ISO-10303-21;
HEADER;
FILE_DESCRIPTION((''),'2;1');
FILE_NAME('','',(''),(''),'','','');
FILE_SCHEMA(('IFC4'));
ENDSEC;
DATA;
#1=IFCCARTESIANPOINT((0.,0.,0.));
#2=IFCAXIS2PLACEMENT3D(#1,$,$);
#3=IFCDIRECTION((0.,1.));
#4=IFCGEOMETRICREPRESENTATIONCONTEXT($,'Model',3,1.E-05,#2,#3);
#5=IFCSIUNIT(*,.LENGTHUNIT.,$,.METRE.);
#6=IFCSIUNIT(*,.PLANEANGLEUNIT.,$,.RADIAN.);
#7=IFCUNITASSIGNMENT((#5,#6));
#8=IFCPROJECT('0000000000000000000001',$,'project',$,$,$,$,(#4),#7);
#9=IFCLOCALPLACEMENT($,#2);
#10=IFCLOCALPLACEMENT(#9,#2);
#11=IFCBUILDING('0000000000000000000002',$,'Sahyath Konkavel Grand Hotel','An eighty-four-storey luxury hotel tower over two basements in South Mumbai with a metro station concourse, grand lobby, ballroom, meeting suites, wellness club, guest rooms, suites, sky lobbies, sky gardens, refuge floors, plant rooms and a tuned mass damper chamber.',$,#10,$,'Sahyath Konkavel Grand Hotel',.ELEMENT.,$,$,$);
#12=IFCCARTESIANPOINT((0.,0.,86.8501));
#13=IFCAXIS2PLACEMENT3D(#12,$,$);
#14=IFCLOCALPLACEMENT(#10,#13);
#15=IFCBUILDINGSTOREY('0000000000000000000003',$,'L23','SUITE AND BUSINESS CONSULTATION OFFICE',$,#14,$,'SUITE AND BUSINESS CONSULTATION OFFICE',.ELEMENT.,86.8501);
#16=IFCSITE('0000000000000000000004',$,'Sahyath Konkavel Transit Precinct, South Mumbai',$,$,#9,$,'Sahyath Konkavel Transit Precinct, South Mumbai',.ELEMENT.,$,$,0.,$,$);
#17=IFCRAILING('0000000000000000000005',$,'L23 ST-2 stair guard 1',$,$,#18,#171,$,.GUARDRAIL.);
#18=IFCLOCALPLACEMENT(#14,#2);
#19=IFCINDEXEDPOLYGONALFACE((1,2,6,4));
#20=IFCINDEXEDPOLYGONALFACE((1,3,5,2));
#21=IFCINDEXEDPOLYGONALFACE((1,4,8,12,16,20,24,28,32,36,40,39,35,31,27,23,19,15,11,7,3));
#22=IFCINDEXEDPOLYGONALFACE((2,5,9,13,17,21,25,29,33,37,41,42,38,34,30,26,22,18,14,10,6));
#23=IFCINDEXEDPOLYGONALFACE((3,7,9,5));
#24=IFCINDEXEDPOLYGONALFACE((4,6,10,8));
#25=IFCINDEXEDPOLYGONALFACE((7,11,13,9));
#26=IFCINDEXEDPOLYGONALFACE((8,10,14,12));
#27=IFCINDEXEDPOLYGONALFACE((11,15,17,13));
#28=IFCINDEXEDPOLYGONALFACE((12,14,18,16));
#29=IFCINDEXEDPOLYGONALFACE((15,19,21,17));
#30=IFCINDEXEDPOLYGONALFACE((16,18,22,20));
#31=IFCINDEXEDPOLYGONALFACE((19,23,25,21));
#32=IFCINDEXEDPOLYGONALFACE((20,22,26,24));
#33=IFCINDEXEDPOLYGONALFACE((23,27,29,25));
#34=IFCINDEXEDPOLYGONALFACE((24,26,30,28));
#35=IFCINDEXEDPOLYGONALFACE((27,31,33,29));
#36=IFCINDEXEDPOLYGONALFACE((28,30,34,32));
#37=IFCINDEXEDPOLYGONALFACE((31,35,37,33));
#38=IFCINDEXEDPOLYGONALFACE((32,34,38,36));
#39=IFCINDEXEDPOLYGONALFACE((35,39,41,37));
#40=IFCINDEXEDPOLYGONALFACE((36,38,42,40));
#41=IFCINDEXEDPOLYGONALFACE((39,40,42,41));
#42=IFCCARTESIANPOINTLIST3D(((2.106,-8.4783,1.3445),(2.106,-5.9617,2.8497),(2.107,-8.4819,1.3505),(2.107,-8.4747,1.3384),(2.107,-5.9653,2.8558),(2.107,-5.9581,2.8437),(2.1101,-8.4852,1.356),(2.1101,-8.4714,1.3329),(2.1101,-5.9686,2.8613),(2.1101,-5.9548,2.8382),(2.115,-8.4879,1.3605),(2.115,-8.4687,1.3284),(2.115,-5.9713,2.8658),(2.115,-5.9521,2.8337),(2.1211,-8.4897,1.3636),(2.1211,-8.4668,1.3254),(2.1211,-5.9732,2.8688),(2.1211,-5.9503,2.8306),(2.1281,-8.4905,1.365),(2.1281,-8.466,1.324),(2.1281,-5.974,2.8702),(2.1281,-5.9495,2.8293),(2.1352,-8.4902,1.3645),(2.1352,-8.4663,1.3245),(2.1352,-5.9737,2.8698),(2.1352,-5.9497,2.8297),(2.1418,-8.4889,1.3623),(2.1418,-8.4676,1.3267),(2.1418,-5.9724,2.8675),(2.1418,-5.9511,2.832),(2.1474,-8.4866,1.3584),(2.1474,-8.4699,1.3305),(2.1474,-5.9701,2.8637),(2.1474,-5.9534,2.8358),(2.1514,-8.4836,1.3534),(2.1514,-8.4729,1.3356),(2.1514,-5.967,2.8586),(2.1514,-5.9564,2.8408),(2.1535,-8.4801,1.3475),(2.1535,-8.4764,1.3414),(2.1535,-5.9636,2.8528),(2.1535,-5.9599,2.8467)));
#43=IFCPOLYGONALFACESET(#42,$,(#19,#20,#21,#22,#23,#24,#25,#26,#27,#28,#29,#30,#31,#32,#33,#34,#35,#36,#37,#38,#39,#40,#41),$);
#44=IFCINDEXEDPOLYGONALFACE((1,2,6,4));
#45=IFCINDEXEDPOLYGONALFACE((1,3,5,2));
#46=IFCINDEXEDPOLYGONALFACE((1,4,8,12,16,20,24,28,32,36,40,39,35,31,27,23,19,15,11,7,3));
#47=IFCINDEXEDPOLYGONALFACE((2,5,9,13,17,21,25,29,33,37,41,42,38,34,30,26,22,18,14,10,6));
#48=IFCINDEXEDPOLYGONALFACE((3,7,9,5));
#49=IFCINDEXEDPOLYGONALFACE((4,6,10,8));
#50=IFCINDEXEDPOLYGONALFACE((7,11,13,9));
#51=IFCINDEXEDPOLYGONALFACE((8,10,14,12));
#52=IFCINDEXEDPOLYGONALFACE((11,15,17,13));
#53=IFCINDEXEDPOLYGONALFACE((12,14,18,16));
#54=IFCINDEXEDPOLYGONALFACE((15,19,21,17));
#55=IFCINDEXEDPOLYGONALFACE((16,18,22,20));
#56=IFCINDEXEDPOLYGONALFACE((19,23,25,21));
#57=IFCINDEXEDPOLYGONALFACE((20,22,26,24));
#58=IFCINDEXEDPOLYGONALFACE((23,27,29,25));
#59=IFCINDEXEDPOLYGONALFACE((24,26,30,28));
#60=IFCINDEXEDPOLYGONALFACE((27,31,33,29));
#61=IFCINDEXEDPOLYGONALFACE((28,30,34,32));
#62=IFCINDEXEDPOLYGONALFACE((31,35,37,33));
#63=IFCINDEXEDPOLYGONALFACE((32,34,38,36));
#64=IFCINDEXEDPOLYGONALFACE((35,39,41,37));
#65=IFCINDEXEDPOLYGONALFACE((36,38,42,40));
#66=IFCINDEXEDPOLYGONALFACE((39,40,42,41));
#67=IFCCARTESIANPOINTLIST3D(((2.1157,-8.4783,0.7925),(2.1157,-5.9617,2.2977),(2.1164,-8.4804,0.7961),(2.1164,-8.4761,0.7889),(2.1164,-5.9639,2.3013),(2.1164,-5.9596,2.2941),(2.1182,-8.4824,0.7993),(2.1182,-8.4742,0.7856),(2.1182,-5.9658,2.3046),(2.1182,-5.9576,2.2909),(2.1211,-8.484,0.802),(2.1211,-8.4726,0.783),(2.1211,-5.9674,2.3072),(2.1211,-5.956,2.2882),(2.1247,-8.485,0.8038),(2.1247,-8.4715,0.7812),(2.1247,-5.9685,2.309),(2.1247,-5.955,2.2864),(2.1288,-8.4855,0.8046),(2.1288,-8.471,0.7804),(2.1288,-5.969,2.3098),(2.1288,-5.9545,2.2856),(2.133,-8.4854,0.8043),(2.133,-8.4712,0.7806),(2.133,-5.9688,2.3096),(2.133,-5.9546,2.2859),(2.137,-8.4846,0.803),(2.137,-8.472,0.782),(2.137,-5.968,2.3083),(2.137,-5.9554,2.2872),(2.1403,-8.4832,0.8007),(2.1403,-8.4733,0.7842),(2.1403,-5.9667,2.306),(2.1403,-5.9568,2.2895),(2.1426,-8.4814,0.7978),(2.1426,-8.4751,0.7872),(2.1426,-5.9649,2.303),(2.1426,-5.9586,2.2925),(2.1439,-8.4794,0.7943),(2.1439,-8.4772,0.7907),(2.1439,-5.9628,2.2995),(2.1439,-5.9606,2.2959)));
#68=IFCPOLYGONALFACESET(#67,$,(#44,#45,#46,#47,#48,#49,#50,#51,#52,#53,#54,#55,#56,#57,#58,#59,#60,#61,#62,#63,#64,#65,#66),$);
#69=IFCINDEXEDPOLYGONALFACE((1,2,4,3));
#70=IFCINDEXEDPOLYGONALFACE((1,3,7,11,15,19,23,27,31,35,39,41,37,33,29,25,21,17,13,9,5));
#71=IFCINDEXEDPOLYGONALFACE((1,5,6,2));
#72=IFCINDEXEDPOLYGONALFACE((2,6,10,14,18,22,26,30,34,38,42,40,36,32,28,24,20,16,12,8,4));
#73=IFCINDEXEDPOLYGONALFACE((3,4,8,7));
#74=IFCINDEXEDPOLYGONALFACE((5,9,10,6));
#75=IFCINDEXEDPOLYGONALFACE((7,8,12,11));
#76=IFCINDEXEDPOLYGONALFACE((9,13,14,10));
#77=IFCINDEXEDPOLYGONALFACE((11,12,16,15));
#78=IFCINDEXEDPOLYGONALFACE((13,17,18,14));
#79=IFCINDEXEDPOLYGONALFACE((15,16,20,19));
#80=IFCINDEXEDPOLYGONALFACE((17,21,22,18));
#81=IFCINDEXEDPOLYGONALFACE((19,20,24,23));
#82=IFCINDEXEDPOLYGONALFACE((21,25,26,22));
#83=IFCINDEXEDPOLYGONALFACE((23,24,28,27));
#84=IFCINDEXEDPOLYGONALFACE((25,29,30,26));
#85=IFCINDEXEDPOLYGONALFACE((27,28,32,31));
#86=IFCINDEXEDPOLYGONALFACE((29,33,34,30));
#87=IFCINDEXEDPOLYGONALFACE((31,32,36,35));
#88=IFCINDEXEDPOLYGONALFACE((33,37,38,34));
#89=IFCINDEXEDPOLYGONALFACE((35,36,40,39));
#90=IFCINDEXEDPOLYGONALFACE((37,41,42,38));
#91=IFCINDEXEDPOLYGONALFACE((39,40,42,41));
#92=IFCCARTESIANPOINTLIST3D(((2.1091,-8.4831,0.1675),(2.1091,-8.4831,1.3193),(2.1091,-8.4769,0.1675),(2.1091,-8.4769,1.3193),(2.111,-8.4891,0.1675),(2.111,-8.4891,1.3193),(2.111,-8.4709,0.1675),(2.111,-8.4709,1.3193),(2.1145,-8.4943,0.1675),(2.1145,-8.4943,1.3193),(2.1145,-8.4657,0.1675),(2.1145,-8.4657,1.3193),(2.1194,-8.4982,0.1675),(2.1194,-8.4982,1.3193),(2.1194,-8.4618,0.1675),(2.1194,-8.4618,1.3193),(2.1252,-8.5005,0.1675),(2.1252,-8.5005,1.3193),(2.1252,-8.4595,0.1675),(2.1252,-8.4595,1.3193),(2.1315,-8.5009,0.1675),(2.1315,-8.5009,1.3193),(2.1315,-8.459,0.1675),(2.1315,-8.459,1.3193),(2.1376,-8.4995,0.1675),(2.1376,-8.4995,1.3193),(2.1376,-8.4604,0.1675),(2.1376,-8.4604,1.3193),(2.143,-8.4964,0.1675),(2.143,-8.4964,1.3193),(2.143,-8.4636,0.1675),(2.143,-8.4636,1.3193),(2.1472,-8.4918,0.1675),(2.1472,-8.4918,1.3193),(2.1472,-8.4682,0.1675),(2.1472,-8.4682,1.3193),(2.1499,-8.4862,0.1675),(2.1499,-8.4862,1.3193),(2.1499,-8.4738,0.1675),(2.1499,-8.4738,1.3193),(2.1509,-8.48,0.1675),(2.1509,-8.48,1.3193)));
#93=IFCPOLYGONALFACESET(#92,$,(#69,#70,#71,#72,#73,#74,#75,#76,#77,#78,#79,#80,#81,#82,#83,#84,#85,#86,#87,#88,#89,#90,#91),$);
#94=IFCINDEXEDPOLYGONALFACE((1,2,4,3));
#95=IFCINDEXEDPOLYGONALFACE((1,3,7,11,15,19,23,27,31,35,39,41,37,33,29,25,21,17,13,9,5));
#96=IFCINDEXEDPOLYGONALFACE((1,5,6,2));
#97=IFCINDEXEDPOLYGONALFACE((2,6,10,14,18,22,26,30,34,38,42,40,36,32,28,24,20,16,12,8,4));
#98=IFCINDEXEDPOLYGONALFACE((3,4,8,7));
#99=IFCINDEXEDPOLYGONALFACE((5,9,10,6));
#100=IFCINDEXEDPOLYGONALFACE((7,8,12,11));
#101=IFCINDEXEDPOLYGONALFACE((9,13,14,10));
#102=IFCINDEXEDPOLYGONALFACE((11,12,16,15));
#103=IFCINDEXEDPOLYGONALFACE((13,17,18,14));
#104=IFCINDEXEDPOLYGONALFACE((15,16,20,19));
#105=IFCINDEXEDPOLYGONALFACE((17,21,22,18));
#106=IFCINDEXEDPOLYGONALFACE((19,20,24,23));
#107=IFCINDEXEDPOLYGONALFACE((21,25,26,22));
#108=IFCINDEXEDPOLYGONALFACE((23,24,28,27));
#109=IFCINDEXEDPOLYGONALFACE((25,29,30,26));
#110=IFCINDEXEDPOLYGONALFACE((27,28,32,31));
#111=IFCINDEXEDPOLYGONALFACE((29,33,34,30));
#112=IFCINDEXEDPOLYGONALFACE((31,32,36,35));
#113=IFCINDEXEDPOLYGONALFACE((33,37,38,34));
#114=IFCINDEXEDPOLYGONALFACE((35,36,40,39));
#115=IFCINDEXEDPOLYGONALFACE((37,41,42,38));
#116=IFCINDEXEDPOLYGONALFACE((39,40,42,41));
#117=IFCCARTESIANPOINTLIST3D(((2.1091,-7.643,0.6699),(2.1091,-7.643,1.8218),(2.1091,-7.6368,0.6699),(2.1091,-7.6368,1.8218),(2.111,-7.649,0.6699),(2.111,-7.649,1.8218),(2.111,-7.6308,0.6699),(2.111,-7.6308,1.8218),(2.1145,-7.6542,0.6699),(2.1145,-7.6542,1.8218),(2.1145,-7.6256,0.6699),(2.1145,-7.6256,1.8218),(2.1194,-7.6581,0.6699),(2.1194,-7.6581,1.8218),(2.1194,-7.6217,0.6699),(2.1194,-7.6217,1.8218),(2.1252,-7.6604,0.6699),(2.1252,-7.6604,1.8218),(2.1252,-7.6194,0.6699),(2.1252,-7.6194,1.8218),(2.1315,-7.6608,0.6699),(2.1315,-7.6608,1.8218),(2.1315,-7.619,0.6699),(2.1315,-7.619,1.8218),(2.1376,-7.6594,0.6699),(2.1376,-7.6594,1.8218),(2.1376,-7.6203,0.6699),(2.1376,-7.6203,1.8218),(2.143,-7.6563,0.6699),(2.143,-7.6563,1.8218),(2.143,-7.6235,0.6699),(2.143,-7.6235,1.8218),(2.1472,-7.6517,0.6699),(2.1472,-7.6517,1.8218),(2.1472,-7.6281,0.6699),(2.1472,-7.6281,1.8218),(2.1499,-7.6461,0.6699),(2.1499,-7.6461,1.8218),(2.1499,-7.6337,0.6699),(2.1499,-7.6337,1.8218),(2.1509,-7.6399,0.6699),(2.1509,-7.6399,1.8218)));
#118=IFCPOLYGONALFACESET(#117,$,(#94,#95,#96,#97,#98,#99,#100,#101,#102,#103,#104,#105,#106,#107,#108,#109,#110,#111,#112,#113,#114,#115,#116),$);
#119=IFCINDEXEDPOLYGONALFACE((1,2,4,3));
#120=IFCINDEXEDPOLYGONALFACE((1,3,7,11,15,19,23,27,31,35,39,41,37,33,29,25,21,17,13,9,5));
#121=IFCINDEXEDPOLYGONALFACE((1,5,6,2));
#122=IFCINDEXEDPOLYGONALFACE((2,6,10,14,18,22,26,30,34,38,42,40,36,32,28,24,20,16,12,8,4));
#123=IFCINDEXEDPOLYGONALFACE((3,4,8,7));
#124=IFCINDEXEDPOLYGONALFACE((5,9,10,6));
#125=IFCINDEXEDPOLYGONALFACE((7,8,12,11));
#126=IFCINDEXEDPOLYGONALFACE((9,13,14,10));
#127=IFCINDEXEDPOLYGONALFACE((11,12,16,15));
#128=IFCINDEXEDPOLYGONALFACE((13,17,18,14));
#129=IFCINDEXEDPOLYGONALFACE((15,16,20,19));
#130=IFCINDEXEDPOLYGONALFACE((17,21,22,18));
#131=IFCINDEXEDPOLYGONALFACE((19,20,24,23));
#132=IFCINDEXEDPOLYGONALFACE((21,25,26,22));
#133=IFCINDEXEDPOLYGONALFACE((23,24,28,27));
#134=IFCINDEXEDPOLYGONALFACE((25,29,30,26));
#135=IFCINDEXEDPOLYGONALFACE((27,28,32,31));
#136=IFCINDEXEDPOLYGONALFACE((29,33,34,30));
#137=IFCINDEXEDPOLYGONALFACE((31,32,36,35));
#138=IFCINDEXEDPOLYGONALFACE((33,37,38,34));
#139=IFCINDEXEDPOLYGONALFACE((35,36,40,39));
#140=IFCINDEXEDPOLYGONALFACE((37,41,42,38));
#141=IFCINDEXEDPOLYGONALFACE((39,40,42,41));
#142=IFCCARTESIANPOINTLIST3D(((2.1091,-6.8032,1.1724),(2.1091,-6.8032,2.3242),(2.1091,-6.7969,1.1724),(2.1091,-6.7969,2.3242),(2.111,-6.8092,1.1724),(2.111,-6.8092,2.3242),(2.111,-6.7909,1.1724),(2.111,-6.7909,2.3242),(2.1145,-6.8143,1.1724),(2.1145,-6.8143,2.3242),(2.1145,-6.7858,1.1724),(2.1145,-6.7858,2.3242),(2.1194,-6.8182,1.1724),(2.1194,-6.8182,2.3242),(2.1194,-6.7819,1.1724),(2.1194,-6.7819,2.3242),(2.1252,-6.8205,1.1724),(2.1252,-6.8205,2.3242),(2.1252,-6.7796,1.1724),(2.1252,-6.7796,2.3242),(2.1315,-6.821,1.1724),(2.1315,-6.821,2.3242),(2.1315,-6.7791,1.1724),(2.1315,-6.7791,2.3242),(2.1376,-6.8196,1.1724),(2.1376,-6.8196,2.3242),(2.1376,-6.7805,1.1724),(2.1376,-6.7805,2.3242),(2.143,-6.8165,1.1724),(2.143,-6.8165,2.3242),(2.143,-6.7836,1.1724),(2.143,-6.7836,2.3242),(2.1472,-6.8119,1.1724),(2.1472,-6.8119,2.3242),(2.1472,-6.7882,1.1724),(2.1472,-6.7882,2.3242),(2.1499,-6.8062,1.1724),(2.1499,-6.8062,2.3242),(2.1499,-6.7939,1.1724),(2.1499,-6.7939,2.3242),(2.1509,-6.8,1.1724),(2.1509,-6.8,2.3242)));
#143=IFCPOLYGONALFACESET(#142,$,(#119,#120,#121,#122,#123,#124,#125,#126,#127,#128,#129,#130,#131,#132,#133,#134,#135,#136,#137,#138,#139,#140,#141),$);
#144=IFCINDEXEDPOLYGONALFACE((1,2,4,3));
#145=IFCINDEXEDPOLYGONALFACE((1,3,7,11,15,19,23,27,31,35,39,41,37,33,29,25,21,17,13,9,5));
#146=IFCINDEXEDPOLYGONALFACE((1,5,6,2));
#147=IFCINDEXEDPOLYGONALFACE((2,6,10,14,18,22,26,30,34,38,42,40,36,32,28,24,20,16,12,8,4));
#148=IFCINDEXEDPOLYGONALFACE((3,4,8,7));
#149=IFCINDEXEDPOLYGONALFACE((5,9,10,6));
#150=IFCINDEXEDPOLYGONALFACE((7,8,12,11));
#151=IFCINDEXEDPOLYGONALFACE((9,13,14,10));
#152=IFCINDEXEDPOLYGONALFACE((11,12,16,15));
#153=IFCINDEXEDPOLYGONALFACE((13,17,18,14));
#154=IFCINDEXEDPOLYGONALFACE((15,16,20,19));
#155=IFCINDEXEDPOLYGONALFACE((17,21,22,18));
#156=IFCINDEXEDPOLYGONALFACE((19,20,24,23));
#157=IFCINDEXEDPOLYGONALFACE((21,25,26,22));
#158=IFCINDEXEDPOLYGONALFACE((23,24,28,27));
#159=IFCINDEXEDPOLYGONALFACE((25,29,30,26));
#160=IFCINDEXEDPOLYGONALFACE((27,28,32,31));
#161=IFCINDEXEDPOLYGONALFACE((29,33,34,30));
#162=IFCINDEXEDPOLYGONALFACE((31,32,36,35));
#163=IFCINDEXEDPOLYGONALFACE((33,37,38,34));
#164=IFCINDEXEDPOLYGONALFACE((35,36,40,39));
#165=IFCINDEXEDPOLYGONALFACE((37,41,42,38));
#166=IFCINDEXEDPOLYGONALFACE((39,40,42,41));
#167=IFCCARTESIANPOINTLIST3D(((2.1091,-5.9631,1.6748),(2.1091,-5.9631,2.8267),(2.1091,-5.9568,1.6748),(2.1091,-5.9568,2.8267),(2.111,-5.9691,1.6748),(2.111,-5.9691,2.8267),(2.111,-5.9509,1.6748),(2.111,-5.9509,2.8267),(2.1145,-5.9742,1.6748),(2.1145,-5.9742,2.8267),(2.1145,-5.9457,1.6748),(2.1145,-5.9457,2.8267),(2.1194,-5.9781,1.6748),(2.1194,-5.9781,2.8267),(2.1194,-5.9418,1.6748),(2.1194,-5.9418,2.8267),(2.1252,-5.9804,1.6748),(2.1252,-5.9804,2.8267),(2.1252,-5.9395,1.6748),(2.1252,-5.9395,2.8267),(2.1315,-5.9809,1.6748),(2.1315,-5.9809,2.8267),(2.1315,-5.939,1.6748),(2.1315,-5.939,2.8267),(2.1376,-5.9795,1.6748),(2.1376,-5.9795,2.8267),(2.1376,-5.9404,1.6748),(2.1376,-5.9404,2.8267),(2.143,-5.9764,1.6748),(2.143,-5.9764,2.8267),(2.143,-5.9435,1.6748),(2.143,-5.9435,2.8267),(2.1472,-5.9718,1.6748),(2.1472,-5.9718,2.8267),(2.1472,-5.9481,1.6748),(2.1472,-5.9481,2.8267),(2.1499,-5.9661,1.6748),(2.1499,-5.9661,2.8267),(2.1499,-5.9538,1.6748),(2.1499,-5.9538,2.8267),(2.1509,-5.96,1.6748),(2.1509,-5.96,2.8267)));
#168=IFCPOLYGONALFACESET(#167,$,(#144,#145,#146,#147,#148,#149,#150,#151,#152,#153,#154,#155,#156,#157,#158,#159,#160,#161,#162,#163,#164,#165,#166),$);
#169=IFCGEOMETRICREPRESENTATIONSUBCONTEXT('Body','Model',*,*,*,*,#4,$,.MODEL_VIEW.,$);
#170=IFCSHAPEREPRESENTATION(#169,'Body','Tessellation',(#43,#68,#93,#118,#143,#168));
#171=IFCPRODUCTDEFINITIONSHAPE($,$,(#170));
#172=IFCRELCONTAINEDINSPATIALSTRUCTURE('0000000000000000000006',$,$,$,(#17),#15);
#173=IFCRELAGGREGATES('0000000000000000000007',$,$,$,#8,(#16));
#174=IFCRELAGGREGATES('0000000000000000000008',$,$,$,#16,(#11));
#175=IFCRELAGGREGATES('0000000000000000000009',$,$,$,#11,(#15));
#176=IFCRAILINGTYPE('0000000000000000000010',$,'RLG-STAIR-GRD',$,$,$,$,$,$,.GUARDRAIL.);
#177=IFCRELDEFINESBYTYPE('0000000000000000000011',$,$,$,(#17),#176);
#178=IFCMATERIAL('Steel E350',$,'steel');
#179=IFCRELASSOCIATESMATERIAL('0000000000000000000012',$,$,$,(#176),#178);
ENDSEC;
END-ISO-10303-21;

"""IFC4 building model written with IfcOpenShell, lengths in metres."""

from ifc_helpers import new_model, si_unit, direction, frame, origin, origin_2d, place, context, subcontext, project, spatial, circle, extrude, material, type_object, element, save


model = new_model("IFC4")

# Units and contexts
model_context = context("Model", 3, precision=1e-05, world=origin(), true_north=direction((0.0, 1.0)))
body_context = subcontext(model_context, "Body", "Model", "MODEL_VIEW")
ifc_project = project(units=[si_unit("LENGTHUNIT", "METRE"), si_unit("PLANEANGLEUNIT", "RADIAN")], contexts=[model_context])

# Site, building, storey
site_placement = place(None, origin())
site = spatial("IfcSite", under=ifc_project, at=site_placement, Name="Sahyath Konkavel Transit Precinct, South Mumbai", LongName="Sahyath Konkavel Transit Precinct, South Mumbai", CompositionType="ELEMENT", RefElevation=0.0)
building_placement = place(site_placement, origin())
building = spatial("IfcBuilding", under=site, at=building_placement, Name="Sahyath Konkavel Grand Hotel", Description="An eighty-four-storey luxury hotel tower over two basements in South Mumbai with a metro station concourse, grand lobby, ballroom, meeting suites, wellness club, guest rooms, suites, sky lobbies, sky gardens, refuge floors, plant rooms and a tuned mass damper chamber.", LongName="Sahyath Konkavel Grand Hotel", CompositionType="ELEMENT")
storey_placement = place(building_placement, frame((0.0, 0.0, 86.8501)))
storey = spatial("IfcBuildingStorey", under=building, at=storey_placement, Name="L23", Description="SUITE AND BUSINESS CONSULTATION OFFICE", LongName="SUITE AND BUSINESS CONSULTATION OFFICE", CompositionType="ELEMENT", Elevation=86.8501)

# Shared definitions
ifc_material_1 = material(Name="Steel E350", Category="steel")

# Railing
railing_type_1 = type_object("IfcRailingType", Name="RLG-STAIR-GRD", PredefinedType="GUARDRAIL", material=ifc_material_1)
railing_1_placement = place(storey_placement, frame((2.1299, -8.48, 0.1675)))
element("IfcRailing", 1, at=railing_1_placement, inside=storey, type_object=railing_type_1, Name="L23 ST-2 stair guard 1", PredefinedType="GUARDRAIL", context=body_context, shape_type="SweptSolid", body=[
    extrude(circle(Radius=0.0239, at=origin_2d()), frame((0.0, 0.0017, 1.177), z_axis=(0.0, 0.858196, 0.513321), x_axis=(-1.0, 0.0, 0.0)), (0.0, 0.0, 1.0), 2.9324),
    extrude(circle(Radius=0.0142, at=origin_2d()), frame((0.0, 0.0017, 0.625), z_axis=(0.0, 0.858196, 0.513321), x_axis=(-1.0, 0.0, 0.0)), (0.0, 0.0, 1.0), 2.9324),
    extrude(circle(Radius=0.021, at=origin_2d()), origin(), (0.0, 0.0, 1.0), 1.1519),
    extrude(circle(Radius=0.021, at=origin_2d()), frame((0.0, 0.8401, 0.5024)), (0.0, 0.0, 1.0), 1.1519),
    extrude(circle(Radius=0.021, at=origin_2d()), frame((0.0, 1.6799, 1.0049)), (0.0, 0.0, 1.0), 1.1519),
    extrude(circle(Radius=0.021, at=origin_2d()), frame((0.0, 2.52, 1.5073)), (0.0, 0.0, 1.0), 1.1519),
])

save(model, "model.ifc")
